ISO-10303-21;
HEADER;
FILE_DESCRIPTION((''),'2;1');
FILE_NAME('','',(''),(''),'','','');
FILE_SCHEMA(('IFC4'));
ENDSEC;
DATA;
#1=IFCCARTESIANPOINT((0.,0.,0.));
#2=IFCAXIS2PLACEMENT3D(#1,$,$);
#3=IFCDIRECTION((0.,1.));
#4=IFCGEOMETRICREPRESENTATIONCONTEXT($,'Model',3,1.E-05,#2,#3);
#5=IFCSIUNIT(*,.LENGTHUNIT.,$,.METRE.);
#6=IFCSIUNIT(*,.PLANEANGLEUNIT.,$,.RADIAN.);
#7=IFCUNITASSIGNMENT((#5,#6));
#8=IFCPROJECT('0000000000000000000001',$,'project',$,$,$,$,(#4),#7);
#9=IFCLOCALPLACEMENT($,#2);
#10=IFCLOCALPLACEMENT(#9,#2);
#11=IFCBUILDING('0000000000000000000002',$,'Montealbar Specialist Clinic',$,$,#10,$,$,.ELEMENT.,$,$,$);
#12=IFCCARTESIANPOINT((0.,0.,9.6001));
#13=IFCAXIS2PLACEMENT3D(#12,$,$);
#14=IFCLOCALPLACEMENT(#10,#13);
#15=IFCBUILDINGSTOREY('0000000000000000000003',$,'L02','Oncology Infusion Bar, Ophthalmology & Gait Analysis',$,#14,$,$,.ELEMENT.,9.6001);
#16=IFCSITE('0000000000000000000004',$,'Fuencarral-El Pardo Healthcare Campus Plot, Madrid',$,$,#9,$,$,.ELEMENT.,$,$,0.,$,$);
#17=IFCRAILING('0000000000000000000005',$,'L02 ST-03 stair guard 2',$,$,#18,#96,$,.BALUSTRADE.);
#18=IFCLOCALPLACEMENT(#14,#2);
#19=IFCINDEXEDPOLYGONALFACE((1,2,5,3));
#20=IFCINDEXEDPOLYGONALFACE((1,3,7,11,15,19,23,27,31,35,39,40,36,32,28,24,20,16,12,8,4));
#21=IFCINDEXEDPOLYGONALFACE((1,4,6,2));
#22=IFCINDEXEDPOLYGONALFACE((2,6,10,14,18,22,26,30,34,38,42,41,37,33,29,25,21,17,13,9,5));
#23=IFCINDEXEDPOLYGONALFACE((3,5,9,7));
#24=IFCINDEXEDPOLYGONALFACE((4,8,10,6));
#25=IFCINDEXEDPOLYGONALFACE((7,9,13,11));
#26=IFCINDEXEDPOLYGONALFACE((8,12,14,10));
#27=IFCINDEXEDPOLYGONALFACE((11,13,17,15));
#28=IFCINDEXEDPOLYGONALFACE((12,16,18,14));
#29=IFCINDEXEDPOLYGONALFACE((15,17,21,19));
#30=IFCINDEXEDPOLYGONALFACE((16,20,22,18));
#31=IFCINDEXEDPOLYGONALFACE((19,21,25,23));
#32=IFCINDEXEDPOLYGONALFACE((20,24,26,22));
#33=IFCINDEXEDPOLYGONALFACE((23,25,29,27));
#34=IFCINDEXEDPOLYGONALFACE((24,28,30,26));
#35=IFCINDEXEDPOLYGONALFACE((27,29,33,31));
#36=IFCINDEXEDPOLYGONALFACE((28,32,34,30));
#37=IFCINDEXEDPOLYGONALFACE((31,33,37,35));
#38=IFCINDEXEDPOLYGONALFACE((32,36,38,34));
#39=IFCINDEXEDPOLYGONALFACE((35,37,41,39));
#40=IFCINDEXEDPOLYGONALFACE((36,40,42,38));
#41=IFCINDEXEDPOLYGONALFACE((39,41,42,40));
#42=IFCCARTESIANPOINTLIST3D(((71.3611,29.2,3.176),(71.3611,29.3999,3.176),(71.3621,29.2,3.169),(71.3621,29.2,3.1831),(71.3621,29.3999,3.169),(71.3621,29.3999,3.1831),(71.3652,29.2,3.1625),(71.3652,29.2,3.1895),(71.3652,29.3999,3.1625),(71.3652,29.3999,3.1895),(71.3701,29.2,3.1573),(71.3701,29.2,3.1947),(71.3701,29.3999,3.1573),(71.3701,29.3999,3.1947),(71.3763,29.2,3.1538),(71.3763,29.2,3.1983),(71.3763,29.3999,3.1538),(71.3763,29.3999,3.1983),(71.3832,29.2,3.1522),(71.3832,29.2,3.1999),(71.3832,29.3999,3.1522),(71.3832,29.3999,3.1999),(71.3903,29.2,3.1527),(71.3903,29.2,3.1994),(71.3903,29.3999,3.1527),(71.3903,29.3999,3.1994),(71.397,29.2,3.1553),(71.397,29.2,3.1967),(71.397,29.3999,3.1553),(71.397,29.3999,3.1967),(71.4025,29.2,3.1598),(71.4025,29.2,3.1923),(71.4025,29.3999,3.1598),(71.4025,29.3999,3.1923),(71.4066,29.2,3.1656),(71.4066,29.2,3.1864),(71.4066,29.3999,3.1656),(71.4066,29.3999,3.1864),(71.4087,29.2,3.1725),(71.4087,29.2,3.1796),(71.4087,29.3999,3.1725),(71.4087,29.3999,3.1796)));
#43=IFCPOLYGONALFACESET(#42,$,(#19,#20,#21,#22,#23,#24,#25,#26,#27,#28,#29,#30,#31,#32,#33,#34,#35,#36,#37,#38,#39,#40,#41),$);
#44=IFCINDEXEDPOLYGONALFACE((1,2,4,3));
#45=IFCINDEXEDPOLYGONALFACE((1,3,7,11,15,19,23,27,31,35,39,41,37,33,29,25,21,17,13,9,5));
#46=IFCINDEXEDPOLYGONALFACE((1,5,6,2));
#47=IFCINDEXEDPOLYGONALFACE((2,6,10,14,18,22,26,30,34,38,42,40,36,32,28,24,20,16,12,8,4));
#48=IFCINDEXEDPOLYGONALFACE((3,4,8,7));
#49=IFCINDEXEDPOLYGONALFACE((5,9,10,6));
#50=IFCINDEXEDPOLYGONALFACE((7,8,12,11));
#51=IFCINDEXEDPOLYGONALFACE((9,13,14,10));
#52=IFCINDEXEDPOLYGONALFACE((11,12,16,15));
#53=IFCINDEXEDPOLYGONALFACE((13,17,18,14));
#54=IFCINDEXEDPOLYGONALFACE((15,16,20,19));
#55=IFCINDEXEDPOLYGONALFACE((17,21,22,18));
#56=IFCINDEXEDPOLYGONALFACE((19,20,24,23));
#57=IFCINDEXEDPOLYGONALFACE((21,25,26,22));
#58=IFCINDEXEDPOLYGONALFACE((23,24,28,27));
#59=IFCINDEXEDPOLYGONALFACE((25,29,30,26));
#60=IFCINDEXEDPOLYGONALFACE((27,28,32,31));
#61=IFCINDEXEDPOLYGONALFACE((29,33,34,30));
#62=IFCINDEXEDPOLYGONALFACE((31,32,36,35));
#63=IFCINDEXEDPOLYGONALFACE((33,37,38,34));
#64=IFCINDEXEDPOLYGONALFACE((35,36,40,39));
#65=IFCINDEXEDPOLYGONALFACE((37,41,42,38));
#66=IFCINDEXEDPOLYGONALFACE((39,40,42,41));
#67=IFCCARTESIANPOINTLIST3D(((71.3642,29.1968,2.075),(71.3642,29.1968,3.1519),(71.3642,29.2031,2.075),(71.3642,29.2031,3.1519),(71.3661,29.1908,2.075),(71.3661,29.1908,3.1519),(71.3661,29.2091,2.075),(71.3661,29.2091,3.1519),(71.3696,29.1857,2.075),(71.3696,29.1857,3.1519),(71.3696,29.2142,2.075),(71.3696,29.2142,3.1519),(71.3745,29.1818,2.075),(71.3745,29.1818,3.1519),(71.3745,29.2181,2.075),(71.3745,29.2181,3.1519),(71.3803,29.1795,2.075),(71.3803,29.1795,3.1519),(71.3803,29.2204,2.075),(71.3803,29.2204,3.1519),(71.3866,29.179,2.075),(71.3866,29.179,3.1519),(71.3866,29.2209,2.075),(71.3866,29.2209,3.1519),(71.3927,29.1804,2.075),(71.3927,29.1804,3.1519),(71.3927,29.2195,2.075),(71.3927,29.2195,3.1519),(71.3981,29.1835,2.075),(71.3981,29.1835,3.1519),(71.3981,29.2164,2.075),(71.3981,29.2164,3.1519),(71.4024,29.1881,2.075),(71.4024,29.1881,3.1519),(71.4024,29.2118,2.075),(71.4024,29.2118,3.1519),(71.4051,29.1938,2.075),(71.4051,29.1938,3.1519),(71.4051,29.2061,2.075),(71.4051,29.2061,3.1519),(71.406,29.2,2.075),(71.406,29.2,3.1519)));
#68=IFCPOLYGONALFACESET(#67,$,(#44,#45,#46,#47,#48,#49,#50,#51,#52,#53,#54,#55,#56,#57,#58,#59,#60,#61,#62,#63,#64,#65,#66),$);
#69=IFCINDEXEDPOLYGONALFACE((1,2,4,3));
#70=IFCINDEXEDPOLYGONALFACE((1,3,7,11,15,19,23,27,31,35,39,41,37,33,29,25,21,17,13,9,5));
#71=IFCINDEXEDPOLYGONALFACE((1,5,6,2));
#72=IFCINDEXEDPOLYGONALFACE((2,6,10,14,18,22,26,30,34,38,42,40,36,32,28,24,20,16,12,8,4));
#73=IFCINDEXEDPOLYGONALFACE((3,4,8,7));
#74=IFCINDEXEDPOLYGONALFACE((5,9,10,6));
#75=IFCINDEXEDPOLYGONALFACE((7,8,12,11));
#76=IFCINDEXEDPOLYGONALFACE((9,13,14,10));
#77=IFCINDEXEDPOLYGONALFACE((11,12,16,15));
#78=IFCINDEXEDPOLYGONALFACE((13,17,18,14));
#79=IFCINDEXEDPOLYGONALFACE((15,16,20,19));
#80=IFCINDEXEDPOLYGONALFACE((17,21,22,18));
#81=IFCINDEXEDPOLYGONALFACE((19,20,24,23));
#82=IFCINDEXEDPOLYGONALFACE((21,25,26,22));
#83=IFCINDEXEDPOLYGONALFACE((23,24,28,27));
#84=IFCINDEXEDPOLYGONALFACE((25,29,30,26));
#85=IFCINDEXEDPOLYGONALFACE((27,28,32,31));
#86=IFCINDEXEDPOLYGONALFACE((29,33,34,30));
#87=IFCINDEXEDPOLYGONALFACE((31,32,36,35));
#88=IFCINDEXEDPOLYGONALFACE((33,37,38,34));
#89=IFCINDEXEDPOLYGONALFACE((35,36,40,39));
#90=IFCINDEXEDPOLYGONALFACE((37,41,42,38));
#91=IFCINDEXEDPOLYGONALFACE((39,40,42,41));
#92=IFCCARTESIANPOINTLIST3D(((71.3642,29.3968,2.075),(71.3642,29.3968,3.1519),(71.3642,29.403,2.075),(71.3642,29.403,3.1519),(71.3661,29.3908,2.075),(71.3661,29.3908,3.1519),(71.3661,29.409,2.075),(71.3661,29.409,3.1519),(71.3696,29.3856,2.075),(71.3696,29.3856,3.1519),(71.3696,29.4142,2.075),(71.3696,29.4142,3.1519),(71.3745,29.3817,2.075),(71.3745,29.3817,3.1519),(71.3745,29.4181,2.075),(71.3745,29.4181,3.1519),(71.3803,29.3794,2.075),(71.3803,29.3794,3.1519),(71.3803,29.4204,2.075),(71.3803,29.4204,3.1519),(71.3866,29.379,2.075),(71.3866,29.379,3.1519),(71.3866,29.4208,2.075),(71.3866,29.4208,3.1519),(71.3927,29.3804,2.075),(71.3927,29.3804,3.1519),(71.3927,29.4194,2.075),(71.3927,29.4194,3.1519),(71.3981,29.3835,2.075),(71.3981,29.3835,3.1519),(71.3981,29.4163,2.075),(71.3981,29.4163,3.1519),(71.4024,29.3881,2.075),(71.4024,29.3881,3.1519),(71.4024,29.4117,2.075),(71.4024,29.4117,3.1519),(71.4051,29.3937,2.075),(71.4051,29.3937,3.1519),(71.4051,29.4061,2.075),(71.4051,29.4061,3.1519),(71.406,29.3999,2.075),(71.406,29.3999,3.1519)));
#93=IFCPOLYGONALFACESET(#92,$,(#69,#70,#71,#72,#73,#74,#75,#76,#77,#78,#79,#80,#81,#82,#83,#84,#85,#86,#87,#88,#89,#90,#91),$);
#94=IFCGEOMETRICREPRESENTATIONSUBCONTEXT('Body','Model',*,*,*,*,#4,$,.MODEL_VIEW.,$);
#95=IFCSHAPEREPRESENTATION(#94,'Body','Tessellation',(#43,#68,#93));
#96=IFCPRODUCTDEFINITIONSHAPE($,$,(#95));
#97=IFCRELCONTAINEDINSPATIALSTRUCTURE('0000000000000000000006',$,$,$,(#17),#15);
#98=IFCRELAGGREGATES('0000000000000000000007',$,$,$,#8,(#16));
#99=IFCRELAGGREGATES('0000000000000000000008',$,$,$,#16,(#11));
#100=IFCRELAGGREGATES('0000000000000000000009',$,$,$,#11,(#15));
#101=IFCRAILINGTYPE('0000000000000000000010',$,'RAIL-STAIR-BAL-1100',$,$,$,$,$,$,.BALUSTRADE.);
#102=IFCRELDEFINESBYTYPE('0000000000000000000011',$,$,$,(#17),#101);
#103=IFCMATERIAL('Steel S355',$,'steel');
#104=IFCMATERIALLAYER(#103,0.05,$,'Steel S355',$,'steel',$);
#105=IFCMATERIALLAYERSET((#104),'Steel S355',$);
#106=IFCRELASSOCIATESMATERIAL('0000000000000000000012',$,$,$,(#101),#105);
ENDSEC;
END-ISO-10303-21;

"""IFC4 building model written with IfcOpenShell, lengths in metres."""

from ifc_helpers import new_model, si_unit, direction, frame, origin, origin_2d, place, context, subcontext, project, spatial, circle, extrude, material, layer, layer_set, type_object, element, save


model = new_model("IFC4")

# Units and contexts
model_context = context("Model", 3, precision=1e-05, world=origin(), true_north=direction((0.0, 1.0)))
body_context = subcontext(model_context, "Body", "Model", "MODEL_VIEW")
ifc_project = project(units=[si_unit("LENGTHUNIT", "METRE"), si_unit("PLANEANGLEUNIT", "RADIAN")], contexts=[model_context])

# Site, building, storey
site_placement = place(None, origin())
site = spatial("IfcSite", under=ifc_project, at=site_placement, Name="Fuencarral-El Pardo Healthcare Campus Plot, Madrid", CompositionType="ELEMENT", RefElevation=0.0)
building_placement = place(site_placement, origin())
building = spatial("IfcBuilding", under=site, at=building_placement, Name="Montealbar Specialist Clinic", CompositionType="ELEMENT")
storey_placement = place(building_placement, frame((0.0, 0.0, 9.6001)))
storey = spatial("IfcBuildingStorey", under=building, at=storey_placement, Name="L02", Description="Oncology Infusion Bar, Ophthalmology & Gait Analysis", CompositionType="ELEMENT", Elevation=9.6001)

# Shared definitions
ifc_material_1 = material(Name="Steel S355", Category="steel")

# Railing
ifc_layer_1 = layer(ifc_material_1, 0.05, Name="Steel S355", Category="steel")
ifc_layer_set_1 = layer_set([ifc_layer_1], Name="Steel S355")
railing_type_1 = type_object("IfcRailingType", Name="RAIL-STAIR-BAL-1100", PredefinedType="BALUSTRADE", material=ifc_layer_set_1)
railing_1_placement = place(storey_placement, frame((71.385, 29.2, 2.0999)))
element("IfcRailing", 1, at=railing_1_placement, inside=storey, type_object=railing_type_1, Name="L02 ST-03 stair guard 2", PredefinedType="BALUSTRADE", context=body_context, shape_type="SweptSolid", body=[
    extrude(circle(Radius=0.0239, at=origin_2d()), frame((0.0, 0.0, 1.0762), z_axis=(0.0, 1.0, 0.0), x_axis=(-1.0, 0.0, 0.0)), (0.0, 0.0, 1.0), 0.2),
    extrude(circle(Radius=0.021, at=origin_2d()), frame((0.0, 0.0, -0.0249)), (0.0, 0.0, 1.0), 1.0769),
    extrude(circle(Radius=0.021, at=origin_2d()), frame((0.0, 0.2, -0.0249)), (0.0, 0.0, 1.0), 1.0769),
])

save(model, "model.ifc")
